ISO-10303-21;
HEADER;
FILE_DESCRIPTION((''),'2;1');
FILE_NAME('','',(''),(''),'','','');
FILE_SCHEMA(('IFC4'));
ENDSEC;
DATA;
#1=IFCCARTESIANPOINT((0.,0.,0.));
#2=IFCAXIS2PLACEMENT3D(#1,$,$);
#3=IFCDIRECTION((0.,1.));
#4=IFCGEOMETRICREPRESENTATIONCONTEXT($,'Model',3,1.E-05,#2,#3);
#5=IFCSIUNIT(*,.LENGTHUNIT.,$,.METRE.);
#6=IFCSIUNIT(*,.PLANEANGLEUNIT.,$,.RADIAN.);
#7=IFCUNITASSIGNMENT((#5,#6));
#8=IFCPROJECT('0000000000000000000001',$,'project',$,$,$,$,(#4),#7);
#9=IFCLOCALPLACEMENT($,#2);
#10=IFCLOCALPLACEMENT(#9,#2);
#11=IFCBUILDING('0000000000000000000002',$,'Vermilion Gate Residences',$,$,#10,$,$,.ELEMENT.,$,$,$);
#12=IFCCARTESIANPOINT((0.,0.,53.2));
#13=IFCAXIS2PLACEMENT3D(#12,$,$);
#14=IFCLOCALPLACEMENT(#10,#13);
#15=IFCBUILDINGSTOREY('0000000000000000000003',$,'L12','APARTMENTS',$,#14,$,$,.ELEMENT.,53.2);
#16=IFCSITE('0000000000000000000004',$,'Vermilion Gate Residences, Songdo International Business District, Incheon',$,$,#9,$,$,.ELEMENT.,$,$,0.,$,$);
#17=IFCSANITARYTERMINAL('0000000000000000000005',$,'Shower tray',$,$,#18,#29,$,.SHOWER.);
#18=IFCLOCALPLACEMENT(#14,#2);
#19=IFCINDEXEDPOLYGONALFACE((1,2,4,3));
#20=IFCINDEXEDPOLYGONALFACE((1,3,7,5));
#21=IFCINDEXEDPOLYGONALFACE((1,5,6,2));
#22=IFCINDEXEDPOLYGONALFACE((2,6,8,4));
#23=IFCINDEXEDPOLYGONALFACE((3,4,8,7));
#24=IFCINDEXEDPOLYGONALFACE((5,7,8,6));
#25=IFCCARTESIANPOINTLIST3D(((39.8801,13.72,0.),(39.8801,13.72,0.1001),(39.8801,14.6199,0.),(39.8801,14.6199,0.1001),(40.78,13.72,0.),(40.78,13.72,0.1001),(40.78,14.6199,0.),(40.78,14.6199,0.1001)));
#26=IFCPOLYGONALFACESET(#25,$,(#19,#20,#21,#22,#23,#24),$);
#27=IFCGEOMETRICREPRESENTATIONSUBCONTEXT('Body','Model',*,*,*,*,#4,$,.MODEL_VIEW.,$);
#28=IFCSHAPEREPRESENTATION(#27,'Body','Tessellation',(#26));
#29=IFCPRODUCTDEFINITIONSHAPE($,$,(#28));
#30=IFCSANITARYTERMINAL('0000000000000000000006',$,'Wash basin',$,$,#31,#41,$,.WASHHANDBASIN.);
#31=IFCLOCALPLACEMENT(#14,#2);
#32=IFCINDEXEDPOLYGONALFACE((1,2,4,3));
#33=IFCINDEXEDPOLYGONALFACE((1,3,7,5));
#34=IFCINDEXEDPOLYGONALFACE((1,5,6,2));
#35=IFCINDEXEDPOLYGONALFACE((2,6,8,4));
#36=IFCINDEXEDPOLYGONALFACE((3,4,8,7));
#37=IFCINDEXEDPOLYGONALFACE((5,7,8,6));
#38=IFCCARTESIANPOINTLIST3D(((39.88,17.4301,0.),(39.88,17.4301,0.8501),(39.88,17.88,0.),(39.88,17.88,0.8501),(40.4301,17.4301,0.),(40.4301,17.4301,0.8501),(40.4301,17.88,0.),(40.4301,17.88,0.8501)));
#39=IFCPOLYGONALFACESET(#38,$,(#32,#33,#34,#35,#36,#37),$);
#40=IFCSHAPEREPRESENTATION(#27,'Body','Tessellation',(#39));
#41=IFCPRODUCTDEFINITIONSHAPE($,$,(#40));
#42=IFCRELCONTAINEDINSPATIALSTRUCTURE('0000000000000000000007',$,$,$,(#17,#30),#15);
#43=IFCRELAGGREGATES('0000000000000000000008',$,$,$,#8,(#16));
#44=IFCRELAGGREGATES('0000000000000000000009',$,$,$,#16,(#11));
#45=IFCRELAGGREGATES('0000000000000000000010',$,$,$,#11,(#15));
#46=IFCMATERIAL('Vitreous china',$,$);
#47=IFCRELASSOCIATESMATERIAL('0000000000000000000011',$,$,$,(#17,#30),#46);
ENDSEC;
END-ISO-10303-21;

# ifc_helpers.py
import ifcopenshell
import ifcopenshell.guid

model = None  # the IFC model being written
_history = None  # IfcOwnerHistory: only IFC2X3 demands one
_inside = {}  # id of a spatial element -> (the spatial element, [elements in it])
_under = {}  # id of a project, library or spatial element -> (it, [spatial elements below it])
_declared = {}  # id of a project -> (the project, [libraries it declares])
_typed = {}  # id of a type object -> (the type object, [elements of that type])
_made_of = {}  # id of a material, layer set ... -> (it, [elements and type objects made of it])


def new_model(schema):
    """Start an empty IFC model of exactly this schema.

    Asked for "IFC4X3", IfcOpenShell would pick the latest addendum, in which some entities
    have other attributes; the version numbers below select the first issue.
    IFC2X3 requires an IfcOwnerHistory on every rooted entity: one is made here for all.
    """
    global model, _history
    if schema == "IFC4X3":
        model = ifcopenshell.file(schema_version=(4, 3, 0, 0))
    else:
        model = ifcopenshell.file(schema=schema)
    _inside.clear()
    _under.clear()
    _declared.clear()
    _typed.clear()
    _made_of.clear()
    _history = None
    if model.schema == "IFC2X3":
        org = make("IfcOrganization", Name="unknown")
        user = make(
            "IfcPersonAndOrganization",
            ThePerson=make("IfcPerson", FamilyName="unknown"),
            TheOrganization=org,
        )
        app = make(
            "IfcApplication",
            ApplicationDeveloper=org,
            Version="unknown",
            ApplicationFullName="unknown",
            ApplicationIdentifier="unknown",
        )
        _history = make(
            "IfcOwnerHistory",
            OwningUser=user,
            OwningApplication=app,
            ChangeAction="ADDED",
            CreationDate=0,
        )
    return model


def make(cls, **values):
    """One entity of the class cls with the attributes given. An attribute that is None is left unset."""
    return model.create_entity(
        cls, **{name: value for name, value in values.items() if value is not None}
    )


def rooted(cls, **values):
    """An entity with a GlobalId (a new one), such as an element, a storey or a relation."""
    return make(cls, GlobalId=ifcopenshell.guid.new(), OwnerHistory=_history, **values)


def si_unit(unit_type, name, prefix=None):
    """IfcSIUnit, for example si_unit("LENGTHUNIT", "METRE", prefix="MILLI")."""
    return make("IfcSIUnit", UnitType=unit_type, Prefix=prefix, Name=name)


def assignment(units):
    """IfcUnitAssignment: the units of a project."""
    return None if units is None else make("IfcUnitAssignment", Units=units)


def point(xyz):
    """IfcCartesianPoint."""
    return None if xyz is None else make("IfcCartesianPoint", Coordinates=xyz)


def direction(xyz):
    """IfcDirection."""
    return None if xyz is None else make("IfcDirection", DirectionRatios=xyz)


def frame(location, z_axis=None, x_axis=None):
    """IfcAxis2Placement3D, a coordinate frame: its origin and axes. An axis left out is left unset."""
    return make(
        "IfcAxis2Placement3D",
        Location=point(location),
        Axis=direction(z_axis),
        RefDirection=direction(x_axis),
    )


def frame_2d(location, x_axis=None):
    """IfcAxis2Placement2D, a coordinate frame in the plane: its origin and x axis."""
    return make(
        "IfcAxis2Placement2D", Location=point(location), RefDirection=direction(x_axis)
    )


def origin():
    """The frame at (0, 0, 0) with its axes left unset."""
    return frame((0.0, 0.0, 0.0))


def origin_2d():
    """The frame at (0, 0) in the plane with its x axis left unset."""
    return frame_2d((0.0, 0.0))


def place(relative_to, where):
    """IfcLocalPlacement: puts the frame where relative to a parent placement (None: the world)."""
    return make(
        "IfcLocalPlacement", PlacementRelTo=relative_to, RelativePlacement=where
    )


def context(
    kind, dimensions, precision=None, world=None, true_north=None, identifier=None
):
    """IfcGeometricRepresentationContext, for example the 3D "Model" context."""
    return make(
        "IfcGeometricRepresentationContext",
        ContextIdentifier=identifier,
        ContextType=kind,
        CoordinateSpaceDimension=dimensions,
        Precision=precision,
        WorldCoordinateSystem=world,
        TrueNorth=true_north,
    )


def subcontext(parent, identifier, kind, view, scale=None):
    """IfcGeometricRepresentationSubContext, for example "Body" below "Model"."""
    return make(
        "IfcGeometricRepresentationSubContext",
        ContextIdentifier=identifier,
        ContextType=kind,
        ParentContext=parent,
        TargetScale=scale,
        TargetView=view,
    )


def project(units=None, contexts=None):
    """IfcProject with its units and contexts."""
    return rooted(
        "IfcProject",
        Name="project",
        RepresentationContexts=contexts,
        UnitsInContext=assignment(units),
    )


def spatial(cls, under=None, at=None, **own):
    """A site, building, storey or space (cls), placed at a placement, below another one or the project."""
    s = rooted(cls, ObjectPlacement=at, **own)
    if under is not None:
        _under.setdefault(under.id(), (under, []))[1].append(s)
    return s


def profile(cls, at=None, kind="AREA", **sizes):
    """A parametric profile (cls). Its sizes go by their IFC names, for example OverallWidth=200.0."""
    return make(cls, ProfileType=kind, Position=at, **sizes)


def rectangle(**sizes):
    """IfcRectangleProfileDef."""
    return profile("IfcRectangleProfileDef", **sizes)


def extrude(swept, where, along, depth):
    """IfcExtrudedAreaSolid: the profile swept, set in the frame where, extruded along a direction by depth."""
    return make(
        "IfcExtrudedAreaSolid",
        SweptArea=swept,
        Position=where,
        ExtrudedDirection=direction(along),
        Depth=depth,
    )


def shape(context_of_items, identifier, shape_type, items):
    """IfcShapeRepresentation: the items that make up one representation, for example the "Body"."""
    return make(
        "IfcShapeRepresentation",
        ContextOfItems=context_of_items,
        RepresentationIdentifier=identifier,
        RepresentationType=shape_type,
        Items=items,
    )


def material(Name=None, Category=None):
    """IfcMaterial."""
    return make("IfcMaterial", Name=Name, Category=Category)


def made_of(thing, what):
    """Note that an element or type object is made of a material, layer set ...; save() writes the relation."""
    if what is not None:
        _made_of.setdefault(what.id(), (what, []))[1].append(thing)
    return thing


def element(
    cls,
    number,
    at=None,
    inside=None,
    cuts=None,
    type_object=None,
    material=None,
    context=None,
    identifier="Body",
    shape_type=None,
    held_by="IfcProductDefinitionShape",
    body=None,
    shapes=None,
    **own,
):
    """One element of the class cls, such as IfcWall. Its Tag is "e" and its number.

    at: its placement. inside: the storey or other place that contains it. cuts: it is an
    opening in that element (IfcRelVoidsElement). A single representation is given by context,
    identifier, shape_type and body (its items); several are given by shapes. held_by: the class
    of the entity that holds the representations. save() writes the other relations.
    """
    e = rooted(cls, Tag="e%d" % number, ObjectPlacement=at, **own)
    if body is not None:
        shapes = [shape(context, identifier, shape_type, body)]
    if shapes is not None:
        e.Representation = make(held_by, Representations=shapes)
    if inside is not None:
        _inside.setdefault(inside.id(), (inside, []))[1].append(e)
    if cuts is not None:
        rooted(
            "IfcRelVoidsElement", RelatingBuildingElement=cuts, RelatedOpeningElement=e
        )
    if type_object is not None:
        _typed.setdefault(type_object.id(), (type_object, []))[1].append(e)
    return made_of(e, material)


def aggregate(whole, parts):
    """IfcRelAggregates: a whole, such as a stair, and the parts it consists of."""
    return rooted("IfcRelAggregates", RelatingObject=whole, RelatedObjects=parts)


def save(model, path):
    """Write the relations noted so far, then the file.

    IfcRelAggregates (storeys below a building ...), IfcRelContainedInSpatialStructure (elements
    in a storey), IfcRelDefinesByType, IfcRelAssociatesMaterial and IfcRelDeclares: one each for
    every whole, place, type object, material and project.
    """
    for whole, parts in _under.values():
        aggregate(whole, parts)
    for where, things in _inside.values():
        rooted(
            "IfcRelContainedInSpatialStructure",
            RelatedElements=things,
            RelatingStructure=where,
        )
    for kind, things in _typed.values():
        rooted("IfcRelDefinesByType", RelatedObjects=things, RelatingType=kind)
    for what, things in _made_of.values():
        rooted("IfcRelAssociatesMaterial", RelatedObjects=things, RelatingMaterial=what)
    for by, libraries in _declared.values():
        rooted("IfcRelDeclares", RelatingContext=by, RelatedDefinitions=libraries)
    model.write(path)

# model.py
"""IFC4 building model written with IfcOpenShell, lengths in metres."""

from ifc_helpers import new_model, si_unit, direction, frame, origin, origin_2d, place, context, subcontext, project, spatial, rectangle, extrude, material, element, save


model = new_model("IFC4")

# Units and contexts
model_context = context("Model", 3, precision=1e-05, world=origin(), true_north=direction((0.0, 1.0)))
body_context = subcontext(model_context, "Body", "Model", "MODEL_VIEW")
ifc_project = project(units=[si_unit("LENGTHUNIT", "METRE"), si_unit("PLANEANGLEUNIT", "RADIAN")], contexts=[model_context])

# Site, building, storey
site_placement = place(None, origin())
site = spatial("IfcSite", under=ifc_project, at=site_placement, Name="Vermilion Gate Residences, Songdo International Business District, Incheon", CompositionType="ELEMENT", RefElevation=0.0)
building_placement = place(site_placement, origin())
building = spatial("IfcBuilding", under=site, at=building_placement, Name="Vermilion Gate Residences", CompositionType="ELEMENT")
storey_placement = place(building_placement, frame((0.0, 0.0, 53.2)))
storey = spatial("IfcBuildingStorey", under=building, at=storey_placement, Name="L12", Description="APARTMENTS", CompositionType="ELEMENT", Elevation=53.2)

# Sanitary terminals
ifc_material_1 = material(Name="Vitreous china")
sanitary_terminal_1_placement = place(storey_placement, frame((40.3301, 14.1699, 0.0), z_axis=(0.0, 0.0, 1.0), x_axis=(1.0, 0.0, 0.0)))
element("IfcSanitaryTerminal", 1, at=sanitary_terminal_1_placement, inside=storey, material=ifc_material_1, Name="Shower tray", PredefinedType="SHOWER", context=body_context, shape_type="SweptSolid", body=[
    extrude(rectangle(XDim=0.8999, YDim=0.8999, at=origin_2d()), origin(), (0.0, 0.0, 1.0), 0.1001),
])
sanitary_terminal_2_placement = place(storey_placement, frame((40.155, 17.655, 0.0), z_axis=(0.0, 0.0, 1.0), x_axis=(1.0, 0.0, 0.0)))
element("IfcSanitaryTerminal", 2, at=sanitary_terminal_2_placement, inside=storey, material=ifc_material_1, Name="Wash basin", PredefinedType="WASHHANDBASIN", context=body_context, shape_type="SweptSolid", body=[
    extrude(rectangle(XDim=0.55, YDim=0.45, at=origin_2d()), origin(), (0.0, 0.0, 1.0), 0.8501),
])

save(model, "model.ifc")
